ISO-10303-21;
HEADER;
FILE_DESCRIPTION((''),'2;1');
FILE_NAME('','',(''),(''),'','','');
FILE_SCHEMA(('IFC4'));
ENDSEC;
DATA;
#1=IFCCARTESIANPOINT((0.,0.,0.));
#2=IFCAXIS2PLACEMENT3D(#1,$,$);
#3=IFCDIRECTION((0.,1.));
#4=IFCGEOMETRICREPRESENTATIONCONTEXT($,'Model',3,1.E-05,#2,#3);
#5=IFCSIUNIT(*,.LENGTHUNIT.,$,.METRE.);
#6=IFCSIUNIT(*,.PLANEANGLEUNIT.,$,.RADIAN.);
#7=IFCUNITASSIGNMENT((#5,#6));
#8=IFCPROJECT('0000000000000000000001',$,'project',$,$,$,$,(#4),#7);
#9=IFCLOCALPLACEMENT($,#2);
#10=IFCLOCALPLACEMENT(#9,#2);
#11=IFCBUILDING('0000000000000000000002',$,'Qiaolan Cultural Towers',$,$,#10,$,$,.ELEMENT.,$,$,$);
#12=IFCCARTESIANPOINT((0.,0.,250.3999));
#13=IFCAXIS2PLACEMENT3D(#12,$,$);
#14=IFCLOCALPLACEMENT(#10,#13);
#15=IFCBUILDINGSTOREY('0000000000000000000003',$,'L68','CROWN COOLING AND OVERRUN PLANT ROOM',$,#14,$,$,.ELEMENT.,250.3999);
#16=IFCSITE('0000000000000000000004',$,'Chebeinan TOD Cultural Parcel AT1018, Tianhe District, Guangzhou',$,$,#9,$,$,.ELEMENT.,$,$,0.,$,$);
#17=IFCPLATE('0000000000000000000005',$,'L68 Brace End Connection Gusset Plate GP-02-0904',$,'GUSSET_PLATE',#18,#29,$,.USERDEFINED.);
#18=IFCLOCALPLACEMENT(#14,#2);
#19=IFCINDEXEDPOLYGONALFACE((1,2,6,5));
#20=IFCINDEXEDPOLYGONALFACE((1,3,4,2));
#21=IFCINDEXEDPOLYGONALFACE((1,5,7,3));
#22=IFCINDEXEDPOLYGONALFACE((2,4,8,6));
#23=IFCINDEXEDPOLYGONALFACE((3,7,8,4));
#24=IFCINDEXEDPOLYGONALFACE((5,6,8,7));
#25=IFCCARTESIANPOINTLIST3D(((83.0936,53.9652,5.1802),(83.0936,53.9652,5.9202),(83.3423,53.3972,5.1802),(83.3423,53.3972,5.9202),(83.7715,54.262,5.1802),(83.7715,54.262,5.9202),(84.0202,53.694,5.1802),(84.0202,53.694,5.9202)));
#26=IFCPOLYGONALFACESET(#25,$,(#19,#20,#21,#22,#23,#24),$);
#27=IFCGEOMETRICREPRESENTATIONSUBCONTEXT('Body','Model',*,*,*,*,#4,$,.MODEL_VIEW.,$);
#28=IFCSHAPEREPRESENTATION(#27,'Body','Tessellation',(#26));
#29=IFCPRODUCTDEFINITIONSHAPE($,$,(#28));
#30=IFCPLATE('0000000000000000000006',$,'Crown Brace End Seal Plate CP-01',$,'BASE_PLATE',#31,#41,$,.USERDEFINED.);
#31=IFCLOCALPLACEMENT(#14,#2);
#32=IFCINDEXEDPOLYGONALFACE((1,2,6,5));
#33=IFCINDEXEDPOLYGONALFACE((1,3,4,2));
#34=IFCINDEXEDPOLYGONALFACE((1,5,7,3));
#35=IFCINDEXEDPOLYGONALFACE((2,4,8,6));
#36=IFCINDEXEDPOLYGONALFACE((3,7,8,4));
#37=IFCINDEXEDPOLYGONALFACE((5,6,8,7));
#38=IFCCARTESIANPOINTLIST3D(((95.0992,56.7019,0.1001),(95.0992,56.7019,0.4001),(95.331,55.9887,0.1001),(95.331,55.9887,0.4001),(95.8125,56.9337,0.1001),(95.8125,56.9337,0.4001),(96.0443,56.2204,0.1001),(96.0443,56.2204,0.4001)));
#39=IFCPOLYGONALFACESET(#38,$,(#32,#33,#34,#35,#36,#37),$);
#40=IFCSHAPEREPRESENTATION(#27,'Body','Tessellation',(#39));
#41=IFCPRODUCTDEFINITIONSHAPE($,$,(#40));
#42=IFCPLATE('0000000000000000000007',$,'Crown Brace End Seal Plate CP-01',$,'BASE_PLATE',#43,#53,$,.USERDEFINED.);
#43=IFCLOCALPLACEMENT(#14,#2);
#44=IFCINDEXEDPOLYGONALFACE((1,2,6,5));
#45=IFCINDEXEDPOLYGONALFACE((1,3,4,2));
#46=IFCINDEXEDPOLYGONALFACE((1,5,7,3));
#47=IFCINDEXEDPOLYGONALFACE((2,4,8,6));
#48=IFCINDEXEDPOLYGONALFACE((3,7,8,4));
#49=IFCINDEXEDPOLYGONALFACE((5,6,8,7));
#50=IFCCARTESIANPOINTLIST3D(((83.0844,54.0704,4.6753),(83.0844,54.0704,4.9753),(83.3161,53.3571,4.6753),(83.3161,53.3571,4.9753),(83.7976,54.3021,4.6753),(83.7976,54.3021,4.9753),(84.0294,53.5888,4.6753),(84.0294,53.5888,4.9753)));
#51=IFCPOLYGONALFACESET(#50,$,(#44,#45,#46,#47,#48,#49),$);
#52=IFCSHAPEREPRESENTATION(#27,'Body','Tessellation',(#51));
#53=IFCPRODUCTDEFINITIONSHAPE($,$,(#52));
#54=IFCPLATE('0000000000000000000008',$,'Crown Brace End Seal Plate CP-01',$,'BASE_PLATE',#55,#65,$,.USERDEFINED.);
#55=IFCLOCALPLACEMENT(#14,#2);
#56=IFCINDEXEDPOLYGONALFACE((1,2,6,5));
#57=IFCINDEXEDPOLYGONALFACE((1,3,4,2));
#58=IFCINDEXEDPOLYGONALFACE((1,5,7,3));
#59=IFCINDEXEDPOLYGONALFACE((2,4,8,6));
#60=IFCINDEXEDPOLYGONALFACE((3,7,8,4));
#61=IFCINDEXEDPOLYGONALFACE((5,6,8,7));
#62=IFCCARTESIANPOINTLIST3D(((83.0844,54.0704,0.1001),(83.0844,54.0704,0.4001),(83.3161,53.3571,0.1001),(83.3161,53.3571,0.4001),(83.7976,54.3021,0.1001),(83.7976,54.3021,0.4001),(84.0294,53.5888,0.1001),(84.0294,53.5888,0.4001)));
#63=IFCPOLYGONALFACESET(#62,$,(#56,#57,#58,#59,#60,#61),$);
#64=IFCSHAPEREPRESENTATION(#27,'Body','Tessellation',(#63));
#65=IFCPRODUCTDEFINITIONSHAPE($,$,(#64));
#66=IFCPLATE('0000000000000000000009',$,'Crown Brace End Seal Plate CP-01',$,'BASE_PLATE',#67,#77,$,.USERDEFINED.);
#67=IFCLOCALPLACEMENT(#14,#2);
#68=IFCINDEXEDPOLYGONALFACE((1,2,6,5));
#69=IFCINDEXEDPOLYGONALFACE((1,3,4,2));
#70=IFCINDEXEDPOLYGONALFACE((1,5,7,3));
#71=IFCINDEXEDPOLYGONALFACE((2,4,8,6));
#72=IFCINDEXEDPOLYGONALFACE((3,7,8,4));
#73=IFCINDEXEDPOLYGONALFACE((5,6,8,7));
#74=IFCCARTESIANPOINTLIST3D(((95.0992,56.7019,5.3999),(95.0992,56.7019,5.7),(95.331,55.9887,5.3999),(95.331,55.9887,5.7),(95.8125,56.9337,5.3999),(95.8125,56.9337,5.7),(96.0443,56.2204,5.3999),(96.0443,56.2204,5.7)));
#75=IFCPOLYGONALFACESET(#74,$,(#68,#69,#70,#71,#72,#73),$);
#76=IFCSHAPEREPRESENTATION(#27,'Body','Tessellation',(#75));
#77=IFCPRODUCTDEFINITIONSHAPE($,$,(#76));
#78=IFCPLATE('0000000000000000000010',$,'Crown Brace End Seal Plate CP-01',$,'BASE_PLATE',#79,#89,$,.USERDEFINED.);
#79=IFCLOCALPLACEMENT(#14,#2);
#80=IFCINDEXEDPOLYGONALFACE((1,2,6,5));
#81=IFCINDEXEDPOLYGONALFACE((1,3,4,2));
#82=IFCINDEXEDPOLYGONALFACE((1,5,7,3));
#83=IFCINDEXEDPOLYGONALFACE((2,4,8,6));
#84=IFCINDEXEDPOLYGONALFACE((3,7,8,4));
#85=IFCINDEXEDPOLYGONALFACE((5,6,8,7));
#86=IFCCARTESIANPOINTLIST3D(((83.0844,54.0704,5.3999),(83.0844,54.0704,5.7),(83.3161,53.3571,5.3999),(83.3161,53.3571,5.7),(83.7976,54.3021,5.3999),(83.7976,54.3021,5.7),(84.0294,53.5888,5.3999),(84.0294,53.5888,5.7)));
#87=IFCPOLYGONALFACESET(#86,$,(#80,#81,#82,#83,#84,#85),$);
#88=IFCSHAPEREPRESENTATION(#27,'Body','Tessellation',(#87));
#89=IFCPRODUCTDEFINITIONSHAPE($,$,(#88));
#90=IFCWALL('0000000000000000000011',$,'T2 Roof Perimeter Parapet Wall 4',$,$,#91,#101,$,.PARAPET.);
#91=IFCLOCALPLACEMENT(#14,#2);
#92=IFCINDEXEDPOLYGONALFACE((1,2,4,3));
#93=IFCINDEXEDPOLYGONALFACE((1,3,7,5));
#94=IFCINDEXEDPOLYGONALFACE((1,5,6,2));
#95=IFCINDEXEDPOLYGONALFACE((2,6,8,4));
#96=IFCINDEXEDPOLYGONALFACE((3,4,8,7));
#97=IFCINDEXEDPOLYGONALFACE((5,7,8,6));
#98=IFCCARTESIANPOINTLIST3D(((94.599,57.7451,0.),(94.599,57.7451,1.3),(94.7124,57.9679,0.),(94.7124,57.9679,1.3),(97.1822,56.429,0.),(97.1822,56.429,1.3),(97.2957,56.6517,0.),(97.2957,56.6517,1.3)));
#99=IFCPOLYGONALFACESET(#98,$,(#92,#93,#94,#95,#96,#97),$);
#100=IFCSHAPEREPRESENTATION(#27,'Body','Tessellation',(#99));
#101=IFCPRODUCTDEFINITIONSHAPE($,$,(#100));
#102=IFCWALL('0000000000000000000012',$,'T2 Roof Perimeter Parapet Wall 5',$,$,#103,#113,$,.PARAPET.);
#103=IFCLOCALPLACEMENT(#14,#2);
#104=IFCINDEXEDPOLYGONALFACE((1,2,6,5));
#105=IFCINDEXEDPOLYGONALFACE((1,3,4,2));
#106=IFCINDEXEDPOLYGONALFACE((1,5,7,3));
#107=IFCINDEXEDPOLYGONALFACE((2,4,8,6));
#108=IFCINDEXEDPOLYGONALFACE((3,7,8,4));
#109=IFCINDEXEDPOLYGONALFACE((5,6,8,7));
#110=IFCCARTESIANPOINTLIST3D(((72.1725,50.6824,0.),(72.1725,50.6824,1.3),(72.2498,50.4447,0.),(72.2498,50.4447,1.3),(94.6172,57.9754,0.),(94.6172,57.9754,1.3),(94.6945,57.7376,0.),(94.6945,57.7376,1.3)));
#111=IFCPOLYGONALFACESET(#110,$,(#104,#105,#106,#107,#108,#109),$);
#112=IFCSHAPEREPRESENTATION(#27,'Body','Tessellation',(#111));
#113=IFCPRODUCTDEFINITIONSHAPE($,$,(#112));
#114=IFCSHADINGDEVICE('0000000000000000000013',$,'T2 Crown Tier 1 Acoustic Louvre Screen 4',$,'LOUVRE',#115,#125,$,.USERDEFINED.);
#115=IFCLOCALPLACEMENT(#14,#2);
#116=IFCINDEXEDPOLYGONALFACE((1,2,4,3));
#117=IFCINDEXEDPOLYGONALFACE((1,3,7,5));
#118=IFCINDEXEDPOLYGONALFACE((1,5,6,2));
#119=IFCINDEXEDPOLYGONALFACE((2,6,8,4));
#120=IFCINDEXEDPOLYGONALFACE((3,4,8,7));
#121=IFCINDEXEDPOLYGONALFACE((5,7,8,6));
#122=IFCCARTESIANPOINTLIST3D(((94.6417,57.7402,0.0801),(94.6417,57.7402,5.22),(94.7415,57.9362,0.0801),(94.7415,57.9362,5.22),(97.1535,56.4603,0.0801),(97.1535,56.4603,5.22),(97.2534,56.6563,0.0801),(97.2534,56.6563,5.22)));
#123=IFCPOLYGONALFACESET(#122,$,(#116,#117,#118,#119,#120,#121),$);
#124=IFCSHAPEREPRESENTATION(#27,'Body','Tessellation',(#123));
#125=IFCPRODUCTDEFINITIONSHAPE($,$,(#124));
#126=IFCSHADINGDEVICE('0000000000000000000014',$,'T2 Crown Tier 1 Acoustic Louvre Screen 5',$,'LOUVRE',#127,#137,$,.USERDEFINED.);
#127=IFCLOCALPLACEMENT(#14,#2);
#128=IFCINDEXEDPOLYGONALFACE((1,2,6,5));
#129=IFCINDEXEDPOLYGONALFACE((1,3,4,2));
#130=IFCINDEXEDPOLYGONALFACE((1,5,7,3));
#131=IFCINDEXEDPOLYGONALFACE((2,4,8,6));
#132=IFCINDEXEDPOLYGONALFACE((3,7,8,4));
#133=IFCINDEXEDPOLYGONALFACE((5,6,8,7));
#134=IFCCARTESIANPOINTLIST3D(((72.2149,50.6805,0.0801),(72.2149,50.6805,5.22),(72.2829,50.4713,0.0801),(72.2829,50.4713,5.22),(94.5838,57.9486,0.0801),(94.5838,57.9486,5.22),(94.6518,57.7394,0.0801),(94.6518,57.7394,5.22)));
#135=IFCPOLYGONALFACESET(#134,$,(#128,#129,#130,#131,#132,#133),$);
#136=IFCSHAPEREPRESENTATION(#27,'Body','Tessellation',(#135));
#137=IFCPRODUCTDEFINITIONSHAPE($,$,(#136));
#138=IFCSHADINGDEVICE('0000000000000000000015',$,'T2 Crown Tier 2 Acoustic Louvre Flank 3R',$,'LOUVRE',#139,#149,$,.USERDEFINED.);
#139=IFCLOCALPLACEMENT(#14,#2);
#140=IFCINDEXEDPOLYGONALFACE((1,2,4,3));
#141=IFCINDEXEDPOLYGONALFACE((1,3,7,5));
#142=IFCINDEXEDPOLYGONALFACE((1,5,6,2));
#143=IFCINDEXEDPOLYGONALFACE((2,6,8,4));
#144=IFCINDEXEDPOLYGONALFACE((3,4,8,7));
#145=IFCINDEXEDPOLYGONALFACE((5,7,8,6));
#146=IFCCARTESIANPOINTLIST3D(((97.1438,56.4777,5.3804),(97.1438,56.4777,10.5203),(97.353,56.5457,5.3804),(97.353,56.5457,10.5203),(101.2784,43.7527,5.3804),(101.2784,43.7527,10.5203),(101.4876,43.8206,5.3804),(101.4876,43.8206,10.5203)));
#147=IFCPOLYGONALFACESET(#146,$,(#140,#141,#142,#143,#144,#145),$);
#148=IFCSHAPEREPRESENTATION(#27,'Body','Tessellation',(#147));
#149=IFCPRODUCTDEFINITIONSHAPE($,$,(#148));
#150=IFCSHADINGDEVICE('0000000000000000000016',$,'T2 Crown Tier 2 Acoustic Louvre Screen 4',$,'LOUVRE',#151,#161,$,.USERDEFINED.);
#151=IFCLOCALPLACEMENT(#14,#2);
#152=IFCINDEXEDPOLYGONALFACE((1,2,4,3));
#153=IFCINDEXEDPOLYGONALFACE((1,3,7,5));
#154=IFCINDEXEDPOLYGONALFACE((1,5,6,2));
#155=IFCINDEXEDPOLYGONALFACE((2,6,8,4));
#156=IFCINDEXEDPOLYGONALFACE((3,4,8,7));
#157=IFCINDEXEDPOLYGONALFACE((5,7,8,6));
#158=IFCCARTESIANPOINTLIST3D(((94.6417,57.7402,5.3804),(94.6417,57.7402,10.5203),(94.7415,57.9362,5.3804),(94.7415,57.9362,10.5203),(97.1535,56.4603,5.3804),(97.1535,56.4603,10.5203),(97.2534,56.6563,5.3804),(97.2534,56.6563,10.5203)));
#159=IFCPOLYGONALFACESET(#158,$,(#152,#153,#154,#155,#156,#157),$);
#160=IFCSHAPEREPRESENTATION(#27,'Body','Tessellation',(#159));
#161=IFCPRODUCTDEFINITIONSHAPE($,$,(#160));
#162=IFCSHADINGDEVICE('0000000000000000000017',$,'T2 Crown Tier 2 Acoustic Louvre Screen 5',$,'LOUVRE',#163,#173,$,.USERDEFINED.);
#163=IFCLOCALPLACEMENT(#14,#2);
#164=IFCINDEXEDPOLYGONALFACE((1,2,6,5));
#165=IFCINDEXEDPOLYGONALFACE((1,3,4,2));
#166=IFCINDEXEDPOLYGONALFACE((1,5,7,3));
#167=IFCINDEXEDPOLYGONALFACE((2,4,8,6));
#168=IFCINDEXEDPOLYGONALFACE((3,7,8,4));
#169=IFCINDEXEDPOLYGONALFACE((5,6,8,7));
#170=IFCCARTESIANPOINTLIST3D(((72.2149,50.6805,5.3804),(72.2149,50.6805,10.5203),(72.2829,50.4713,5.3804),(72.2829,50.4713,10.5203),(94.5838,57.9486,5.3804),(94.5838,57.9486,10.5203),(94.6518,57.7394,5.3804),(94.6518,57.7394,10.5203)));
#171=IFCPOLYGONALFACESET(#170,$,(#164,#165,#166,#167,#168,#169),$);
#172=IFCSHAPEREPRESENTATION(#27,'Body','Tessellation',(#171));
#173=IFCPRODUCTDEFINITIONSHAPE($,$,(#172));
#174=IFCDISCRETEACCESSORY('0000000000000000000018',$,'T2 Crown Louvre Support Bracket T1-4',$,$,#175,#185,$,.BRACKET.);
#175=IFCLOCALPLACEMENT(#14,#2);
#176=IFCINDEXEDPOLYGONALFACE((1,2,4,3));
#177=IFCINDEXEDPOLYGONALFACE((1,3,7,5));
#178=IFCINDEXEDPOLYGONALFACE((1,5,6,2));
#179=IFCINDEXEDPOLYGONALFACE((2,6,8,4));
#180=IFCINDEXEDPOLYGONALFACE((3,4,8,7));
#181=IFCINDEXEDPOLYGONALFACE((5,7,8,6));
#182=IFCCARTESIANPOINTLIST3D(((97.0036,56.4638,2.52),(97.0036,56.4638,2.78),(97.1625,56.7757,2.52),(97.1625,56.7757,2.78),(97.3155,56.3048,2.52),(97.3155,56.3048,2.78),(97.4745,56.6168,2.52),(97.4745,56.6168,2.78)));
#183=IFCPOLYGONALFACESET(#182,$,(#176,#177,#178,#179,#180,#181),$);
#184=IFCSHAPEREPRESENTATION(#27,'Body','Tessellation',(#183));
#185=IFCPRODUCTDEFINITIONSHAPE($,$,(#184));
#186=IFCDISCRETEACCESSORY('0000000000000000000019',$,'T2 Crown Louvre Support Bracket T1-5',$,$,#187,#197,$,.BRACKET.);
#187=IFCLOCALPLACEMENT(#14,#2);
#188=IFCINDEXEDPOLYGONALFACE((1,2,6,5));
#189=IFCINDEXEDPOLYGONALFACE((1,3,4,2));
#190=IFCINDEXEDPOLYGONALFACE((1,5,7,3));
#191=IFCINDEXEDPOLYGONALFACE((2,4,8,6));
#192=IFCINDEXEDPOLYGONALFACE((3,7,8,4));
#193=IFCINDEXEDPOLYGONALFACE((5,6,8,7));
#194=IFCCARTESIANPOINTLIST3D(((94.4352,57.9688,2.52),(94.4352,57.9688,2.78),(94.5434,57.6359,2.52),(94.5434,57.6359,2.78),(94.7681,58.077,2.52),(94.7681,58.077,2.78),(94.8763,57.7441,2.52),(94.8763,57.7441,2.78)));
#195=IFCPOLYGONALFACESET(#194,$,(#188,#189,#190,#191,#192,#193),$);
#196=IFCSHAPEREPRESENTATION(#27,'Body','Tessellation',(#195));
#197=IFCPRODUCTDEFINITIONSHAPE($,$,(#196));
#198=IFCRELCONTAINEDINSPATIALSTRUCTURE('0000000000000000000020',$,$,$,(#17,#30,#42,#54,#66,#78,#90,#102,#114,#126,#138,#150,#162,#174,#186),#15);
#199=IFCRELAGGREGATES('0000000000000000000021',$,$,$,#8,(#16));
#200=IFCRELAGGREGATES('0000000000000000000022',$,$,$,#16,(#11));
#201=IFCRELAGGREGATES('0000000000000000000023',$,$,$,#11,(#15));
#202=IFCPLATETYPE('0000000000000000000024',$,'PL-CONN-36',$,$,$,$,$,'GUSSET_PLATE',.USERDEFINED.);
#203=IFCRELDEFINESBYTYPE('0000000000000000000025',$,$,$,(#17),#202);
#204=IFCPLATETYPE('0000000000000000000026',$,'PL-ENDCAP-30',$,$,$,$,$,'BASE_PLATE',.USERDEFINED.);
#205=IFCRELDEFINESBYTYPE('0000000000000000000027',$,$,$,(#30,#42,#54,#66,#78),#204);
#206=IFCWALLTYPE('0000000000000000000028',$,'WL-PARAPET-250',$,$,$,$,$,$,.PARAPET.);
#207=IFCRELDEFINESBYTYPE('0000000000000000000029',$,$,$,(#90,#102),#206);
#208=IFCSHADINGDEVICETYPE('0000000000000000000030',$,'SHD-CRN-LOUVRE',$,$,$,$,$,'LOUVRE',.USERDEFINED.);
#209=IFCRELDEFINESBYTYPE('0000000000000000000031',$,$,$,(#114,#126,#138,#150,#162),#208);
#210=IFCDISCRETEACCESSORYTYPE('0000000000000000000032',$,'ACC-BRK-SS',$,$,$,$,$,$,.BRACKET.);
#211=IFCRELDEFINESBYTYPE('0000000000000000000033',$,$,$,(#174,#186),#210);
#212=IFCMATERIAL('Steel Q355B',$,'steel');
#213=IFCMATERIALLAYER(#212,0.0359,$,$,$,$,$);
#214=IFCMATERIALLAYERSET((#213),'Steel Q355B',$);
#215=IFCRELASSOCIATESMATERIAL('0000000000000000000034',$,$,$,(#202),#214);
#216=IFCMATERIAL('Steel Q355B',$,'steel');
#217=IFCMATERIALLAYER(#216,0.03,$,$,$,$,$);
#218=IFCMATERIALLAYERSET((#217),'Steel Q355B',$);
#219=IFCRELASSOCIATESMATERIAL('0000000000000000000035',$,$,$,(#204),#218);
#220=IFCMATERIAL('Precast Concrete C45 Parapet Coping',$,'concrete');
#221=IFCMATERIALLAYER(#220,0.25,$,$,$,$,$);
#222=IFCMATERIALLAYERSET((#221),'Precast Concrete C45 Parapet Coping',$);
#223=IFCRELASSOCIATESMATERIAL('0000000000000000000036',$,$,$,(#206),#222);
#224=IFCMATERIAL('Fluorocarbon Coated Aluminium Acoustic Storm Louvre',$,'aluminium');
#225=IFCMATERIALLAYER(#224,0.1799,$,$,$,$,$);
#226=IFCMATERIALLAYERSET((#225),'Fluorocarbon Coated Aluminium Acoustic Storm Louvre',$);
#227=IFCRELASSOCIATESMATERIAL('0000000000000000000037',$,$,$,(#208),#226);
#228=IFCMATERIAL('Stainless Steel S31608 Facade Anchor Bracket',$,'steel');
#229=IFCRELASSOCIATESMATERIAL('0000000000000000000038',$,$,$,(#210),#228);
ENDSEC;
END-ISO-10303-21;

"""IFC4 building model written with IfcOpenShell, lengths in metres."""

from ifc_helpers import new_model, si_unit, direction, frame, frame_2d, origin, origin_2d, place, context, subcontext, project, spatial, rectangle, extrude, material, layer, layer_set, type_object, element, save


model = new_model("IFC4")

# Units and contexts
model_context = context("Model", 3, precision=1e-05, world=origin(), true_north=direction((0.0, 1.0)))
body_context = subcontext(model_context, "Body", "Model", "MODEL_VIEW")
ifc_project = project(units=[si_unit("LENGTHUNIT", "METRE"), si_unit("PLANEANGLEUNIT", "RADIAN")], contexts=[model_context])

# Site, building, storey
site_placement = place(None, origin())
site = spatial("IfcSite", under=ifc_project, at=site_placement, Name="Chebeinan TOD Cultural Parcel AT1018, Tianhe District, Guangzhou", CompositionType="ELEMENT", RefElevation=0.0)
building_placement = place(site_placement, origin())
building = spatial("IfcBuilding", under=site, at=building_placement, Name="Qiaolan Cultural Towers", CompositionType="ELEMENT")
storey_placement = place(building_placement, frame((0.0, 0.0, 250.3999)))
storey = spatial("IfcBuildingStorey", under=building, at=storey_placement, Name="L68", Description="CROWN COOLING AND OVERRUN PLANT ROOM", CompositionType="ELEMENT", Elevation=250.3999)

# Plates
ifc_material_1 = material(Name="Steel Q355B", Category="steel")
ifc_layer_1 = layer(ifc_material_1, 0.0359)
ifc_layer_set_1 = layer_set([ifc_layer_1], Name="Steel Q355B")
plate_type_1 = type_object("IfcPlateType", Name="PL-CONN-36", ElementType="GUSSET_PLATE", PredefinedType="USERDEFINED", material=ifc_layer_set_1)
for number, where, z_axis, x_axis, name in (
    (1, (83.5569, 53.8296, 5.1802), (0.0, 0.0, 1.0), (0.916043, 0.40108, 0.0), "L68 Brace End Connection Gusset Plate GP-02-0904"),
):
    element("IfcPlate", number, at=place(storey_placement, frame(where, z_axis=z_axis, x_axis=x_axis)), inside=storey, type_object=plate_type_1, Name=name, ObjectType="GUSSET_PLATE", PredefinedType="USERDEFINED", context=body_context, shape_type="SweptSolid", body=[
        extrude(rectangle(XDim=0.74, YDim=0.6201, at=origin_2d()), origin(), (0.0, 0.0, 1.0), 0.74),
    ])
ifc_material_2 = material(Name="Steel Q355B", Category="steel")
ifc_layer_2 = layer(ifc_material_2, 0.03)
ifc_layer_set_2 = layer_set([ifc_layer_2], Name="Steel Q355B")
plate_type_2 = type_object("IfcPlateType", Name="PL-ENDCAP-30", ElementType="BASE_PLATE", PredefinedType="USERDEFINED", material=ifc_layer_set_2)
for number, where, z_axis, x_axis, name in (
    (2, (95.5718, 56.4612, 0.1001), (0.0, 0.0, 1.0), (0.951057, 0.309017, 0.0), "Crown Brace End Seal Plate CP-01"),
    (3, (83.5569, 53.8296, 4.6753), (0.0, 0.0, 1.0), (0.951057, 0.309017, 0.0), "Crown Brace End Seal Plate CP-01"),
    (4, (83.5569, 53.8296, 0.1001), (0.0, 0.0, 1.0), (0.951057, 0.309017, 0.0), "Crown Brace End Seal Plate CP-01"),
    (5, (95.5718, 56.4612, 5.3999), (0.0, 0.0, 1.0), (0.951057, 0.309017, 0.0), "Crown Brace End Seal Plate CP-01"),
    (6, (83.5569, 53.8296, 5.3999), (0.0, 0.0, 1.0), (0.951057, 0.309017, 0.0), "Crown Brace End Seal Plate CP-01"),
):
    element("IfcPlate", number, at=place(storey_placement, frame(where, z_axis=z_axis, x_axis=x_axis)), inside=storey, type_object=plate_type_2, Name=name, ObjectType="BASE_PLATE", PredefinedType="USERDEFINED", context=body_context, shape_type="SweptSolid", body=[
        extrude(rectangle(XDim=0.75, YDim=0.75, at=origin_2d()), origin(), (0.0, 0.0, 1.0), 0.3),
    ])

# Walls
ifc_material_3 = material(Name="Precast Concrete C45 Parapet Coping", Category="concrete")
ifc_layer_3 = layer(ifc_material_3, 0.25)
ifc_layer_set_3 = layer_set([ifc_layer_3], Name="Precast Concrete C45 Parapet Coping")
wall_type = type_object("IfcWallType", Name="WL-PARAPET-250", PredefinedType="PARAPET", material=ifc_layer_set_3)
wall_1_placement = place(storey_placement, frame((97.239, 56.5403, 0.0), z_axis=(0.0, 0.0, 1.0), x_axis=(-0.891016, 0.453971, 0.0)))
element("IfcWall", 7, at=wall_1_placement, inside=storey, type_object=wall_type, Name="T2 Roof Perimeter Parapet Wall 4", PredefinedType="PARAPET", context=body_context, shape_type="SweptSolid", body=[
    extrude(rectangle(XDim=2.8992, YDim=0.25, at=frame_2d((1.4497, 0.0))), origin(), (0.0, 0.0, 1.0), 1.3),
])
wall_2_placement = place(storey_placement, frame((94.6558, 57.8564, 0.0), z_axis=(0.0, 0.0, 1.0), x_axis=(-0.951054, -0.309025, 0.0)))
element("IfcWall", 8, at=wall_2_placement, inside=storey, type_object=wall_type, Name="T2 Roof Perimeter Parapet Wall 5", PredefinedType="PARAPET", context=body_context, shape_type="SweptSolid", body=[
    extrude(rectangle(XDim=23.5999, YDim=0.25, at=frame_2d((11.7998, 0.0))), origin(), (0.0, 0.0, 1.0), 1.3),
])

# Shading devices
ifc_material_4 = material(Name="Fluorocarbon Coated Aluminium Acoustic Storm Louvre", Category="aluminium")
ifc_layer_4 = layer(ifc_material_4, 0.1799)
ifc_layer_set_4 = layer_set([ifc_layer_4], Name="Fluorocarbon Coated Aluminium Acoustic Storm Louvre")
shading_device_type = type_object("IfcShadingDeviceType", Name="SHD-CRN-LOUVRE", ElementType="LOUVRE", PredefinedType="USERDEFINED", material=ifc_layer_set_4)
shading_device_1_placement = place(storey_placement, frame((95.9475, 57.1982, 0.0801), z_axis=(0.0, 0.0, 1.0), x_axis=(-0.891006, 0.453991, 0.0)))
element("IfcShadingDevice", 9, at=shading_device_1_placement, inside=storey, type_object=shading_device_type, Name="T2 Crown Tier 1 Acoustic Louvre Screen 4", ObjectType="LOUVRE", PredefinedType="USERDEFINED", context=body_context, shape_type="SweptSolid", body=[
    extrude(rectangle(XDim=2.8191, YDim=0.22, at=origin_2d()), origin(), (0.0, 0.0, 1.0), 5.1399),
])
shading_device_2_placement = place(storey_placement, frame((83.4333, 54.21, 0.0801), z_axis=(0.0, 0.0, 1.0), x_axis=(-0.951057, -0.309017, 0.0)))
element("IfcShadingDevice", 10, at=shading_device_2_placement, inside=storey, type_object=shading_device_type, Name="T2 Crown Tier 1 Acoustic Louvre Screen 5", ObjectType="LOUVRE", PredefinedType="USERDEFINED", context=body_context, shape_type="SweptSolid", body=[
    extrude(rectangle(XDim=23.52, YDim=0.22, at=origin_2d()), origin(), (0.0, 0.0, 1.0), 5.1399),
])
shading_device_3_placement = place(storey_placement, frame((99.3157, 50.1492, 5.3804), z_axis=(0.0, 0.0, 1.0), x_axis=(-0.309017, 0.951057, 0.0)))
element("IfcShadingDevice", 11, at=shading_device_3_placement, inside=storey, type_object=shading_device_type, Name="T2 Crown Tier 2 Acoustic Louvre Flank 3R", ObjectType="LOUVRE", PredefinedType="USERDEFINED", context=body_context, shape_type="SweptSolid", body=[
    extrude(rectangle(XDim=13.3799, YDim=0.22, at=origin_2d()), origin(), (0.0, 0.0, 1.0), 5.1399),
])
shading_device_4_placement = place(storey_placement, frame((95.9475, 57.1982, 5.3804), z_axis=(0.0, 0.0, 1.0), x_axis=(-0.891006, 0.453991, 0.0)))
element("IfcShadingDevice", 12, at=shading_device_4_placement, inside=storey, type_object=shading_device_type, Name="T2 Crown Tier 2 Acoustic Louvre Screen 4", ObjectType="LOUVRE", PredefinedType="USERDEFINED", context=body_context, shape_type="SweptSolid", body=[
    extrude(rectangle(XDim=2.8191, YDim=0.22, at=origin_2d()), origin(), (0.0, 0.0, 1.0), 5.1399),
])
shading_device_5_placement = place(storey_placement, frame((83.4333, 54.21, 5.3804), z_axis=(0.0, 0.0, 1.0), x_axis=(-0.951057, -0.309017, 0.0)))
element("IfcShadingDevice", 13, at=shading_device_5_placement, inside=storey, type_object=shading_device_type, Name="T2 Crown Tier 2 Acoustic Louvre Screen 5", ObjectType="LOUVRE", PredefinedType="USERDEFINED", context=body_context, shape_type="SweptSolid", body=[
    extrude(rectangle(XDim=23.52, YDim=0.22, at=origin_2d()), origin(), (0.0, 0.0, 1.0), 5.1399),
])

# Discrete accessories
ifc_material_5 = material(Name="Stainless Steel S31608 Facade Anchor Bracket", Category="steel")
discrete_accessory_type = type_object("IfcDiscreteAccessoryType", Name="ACC-BRK-SS", PredefinedType="BRACKET", material=ifc_material_5)
for number, where, z_axis, x_axis, name in (
    (14, (97.239, 56.5403, 2.52), (0.0, 0.0, 1.0), (-0.891006, 0.453991, 0.0), "T2 Crown Louvre Support Bracket T1-4"),
    (15, (94.6558, 57.8564, 2.52), (0.0, 0.0, 1.0), (-0.951057, -0.309017, 0.0), "T2 Crown Louvre Support Bracket T1-5"),
):
    element("IfcDiscreteAccessory", number, at=place(storey_placement, frame(where, z_axis=z_axis, x_axis=x_axis)), inside=storey, type_object=discrete_accessory_type, Name=name, PredefinedType="BRACKET", context=body_context, shape_type="SweptSolid", body=[
        extrude(rectangle(XDim=0.3501, YDim=0.3501, at=origin_2d()), origin(), (0.0, 0.0, 1.0), 0.26),
    ])

save(model, "model.ifc")
